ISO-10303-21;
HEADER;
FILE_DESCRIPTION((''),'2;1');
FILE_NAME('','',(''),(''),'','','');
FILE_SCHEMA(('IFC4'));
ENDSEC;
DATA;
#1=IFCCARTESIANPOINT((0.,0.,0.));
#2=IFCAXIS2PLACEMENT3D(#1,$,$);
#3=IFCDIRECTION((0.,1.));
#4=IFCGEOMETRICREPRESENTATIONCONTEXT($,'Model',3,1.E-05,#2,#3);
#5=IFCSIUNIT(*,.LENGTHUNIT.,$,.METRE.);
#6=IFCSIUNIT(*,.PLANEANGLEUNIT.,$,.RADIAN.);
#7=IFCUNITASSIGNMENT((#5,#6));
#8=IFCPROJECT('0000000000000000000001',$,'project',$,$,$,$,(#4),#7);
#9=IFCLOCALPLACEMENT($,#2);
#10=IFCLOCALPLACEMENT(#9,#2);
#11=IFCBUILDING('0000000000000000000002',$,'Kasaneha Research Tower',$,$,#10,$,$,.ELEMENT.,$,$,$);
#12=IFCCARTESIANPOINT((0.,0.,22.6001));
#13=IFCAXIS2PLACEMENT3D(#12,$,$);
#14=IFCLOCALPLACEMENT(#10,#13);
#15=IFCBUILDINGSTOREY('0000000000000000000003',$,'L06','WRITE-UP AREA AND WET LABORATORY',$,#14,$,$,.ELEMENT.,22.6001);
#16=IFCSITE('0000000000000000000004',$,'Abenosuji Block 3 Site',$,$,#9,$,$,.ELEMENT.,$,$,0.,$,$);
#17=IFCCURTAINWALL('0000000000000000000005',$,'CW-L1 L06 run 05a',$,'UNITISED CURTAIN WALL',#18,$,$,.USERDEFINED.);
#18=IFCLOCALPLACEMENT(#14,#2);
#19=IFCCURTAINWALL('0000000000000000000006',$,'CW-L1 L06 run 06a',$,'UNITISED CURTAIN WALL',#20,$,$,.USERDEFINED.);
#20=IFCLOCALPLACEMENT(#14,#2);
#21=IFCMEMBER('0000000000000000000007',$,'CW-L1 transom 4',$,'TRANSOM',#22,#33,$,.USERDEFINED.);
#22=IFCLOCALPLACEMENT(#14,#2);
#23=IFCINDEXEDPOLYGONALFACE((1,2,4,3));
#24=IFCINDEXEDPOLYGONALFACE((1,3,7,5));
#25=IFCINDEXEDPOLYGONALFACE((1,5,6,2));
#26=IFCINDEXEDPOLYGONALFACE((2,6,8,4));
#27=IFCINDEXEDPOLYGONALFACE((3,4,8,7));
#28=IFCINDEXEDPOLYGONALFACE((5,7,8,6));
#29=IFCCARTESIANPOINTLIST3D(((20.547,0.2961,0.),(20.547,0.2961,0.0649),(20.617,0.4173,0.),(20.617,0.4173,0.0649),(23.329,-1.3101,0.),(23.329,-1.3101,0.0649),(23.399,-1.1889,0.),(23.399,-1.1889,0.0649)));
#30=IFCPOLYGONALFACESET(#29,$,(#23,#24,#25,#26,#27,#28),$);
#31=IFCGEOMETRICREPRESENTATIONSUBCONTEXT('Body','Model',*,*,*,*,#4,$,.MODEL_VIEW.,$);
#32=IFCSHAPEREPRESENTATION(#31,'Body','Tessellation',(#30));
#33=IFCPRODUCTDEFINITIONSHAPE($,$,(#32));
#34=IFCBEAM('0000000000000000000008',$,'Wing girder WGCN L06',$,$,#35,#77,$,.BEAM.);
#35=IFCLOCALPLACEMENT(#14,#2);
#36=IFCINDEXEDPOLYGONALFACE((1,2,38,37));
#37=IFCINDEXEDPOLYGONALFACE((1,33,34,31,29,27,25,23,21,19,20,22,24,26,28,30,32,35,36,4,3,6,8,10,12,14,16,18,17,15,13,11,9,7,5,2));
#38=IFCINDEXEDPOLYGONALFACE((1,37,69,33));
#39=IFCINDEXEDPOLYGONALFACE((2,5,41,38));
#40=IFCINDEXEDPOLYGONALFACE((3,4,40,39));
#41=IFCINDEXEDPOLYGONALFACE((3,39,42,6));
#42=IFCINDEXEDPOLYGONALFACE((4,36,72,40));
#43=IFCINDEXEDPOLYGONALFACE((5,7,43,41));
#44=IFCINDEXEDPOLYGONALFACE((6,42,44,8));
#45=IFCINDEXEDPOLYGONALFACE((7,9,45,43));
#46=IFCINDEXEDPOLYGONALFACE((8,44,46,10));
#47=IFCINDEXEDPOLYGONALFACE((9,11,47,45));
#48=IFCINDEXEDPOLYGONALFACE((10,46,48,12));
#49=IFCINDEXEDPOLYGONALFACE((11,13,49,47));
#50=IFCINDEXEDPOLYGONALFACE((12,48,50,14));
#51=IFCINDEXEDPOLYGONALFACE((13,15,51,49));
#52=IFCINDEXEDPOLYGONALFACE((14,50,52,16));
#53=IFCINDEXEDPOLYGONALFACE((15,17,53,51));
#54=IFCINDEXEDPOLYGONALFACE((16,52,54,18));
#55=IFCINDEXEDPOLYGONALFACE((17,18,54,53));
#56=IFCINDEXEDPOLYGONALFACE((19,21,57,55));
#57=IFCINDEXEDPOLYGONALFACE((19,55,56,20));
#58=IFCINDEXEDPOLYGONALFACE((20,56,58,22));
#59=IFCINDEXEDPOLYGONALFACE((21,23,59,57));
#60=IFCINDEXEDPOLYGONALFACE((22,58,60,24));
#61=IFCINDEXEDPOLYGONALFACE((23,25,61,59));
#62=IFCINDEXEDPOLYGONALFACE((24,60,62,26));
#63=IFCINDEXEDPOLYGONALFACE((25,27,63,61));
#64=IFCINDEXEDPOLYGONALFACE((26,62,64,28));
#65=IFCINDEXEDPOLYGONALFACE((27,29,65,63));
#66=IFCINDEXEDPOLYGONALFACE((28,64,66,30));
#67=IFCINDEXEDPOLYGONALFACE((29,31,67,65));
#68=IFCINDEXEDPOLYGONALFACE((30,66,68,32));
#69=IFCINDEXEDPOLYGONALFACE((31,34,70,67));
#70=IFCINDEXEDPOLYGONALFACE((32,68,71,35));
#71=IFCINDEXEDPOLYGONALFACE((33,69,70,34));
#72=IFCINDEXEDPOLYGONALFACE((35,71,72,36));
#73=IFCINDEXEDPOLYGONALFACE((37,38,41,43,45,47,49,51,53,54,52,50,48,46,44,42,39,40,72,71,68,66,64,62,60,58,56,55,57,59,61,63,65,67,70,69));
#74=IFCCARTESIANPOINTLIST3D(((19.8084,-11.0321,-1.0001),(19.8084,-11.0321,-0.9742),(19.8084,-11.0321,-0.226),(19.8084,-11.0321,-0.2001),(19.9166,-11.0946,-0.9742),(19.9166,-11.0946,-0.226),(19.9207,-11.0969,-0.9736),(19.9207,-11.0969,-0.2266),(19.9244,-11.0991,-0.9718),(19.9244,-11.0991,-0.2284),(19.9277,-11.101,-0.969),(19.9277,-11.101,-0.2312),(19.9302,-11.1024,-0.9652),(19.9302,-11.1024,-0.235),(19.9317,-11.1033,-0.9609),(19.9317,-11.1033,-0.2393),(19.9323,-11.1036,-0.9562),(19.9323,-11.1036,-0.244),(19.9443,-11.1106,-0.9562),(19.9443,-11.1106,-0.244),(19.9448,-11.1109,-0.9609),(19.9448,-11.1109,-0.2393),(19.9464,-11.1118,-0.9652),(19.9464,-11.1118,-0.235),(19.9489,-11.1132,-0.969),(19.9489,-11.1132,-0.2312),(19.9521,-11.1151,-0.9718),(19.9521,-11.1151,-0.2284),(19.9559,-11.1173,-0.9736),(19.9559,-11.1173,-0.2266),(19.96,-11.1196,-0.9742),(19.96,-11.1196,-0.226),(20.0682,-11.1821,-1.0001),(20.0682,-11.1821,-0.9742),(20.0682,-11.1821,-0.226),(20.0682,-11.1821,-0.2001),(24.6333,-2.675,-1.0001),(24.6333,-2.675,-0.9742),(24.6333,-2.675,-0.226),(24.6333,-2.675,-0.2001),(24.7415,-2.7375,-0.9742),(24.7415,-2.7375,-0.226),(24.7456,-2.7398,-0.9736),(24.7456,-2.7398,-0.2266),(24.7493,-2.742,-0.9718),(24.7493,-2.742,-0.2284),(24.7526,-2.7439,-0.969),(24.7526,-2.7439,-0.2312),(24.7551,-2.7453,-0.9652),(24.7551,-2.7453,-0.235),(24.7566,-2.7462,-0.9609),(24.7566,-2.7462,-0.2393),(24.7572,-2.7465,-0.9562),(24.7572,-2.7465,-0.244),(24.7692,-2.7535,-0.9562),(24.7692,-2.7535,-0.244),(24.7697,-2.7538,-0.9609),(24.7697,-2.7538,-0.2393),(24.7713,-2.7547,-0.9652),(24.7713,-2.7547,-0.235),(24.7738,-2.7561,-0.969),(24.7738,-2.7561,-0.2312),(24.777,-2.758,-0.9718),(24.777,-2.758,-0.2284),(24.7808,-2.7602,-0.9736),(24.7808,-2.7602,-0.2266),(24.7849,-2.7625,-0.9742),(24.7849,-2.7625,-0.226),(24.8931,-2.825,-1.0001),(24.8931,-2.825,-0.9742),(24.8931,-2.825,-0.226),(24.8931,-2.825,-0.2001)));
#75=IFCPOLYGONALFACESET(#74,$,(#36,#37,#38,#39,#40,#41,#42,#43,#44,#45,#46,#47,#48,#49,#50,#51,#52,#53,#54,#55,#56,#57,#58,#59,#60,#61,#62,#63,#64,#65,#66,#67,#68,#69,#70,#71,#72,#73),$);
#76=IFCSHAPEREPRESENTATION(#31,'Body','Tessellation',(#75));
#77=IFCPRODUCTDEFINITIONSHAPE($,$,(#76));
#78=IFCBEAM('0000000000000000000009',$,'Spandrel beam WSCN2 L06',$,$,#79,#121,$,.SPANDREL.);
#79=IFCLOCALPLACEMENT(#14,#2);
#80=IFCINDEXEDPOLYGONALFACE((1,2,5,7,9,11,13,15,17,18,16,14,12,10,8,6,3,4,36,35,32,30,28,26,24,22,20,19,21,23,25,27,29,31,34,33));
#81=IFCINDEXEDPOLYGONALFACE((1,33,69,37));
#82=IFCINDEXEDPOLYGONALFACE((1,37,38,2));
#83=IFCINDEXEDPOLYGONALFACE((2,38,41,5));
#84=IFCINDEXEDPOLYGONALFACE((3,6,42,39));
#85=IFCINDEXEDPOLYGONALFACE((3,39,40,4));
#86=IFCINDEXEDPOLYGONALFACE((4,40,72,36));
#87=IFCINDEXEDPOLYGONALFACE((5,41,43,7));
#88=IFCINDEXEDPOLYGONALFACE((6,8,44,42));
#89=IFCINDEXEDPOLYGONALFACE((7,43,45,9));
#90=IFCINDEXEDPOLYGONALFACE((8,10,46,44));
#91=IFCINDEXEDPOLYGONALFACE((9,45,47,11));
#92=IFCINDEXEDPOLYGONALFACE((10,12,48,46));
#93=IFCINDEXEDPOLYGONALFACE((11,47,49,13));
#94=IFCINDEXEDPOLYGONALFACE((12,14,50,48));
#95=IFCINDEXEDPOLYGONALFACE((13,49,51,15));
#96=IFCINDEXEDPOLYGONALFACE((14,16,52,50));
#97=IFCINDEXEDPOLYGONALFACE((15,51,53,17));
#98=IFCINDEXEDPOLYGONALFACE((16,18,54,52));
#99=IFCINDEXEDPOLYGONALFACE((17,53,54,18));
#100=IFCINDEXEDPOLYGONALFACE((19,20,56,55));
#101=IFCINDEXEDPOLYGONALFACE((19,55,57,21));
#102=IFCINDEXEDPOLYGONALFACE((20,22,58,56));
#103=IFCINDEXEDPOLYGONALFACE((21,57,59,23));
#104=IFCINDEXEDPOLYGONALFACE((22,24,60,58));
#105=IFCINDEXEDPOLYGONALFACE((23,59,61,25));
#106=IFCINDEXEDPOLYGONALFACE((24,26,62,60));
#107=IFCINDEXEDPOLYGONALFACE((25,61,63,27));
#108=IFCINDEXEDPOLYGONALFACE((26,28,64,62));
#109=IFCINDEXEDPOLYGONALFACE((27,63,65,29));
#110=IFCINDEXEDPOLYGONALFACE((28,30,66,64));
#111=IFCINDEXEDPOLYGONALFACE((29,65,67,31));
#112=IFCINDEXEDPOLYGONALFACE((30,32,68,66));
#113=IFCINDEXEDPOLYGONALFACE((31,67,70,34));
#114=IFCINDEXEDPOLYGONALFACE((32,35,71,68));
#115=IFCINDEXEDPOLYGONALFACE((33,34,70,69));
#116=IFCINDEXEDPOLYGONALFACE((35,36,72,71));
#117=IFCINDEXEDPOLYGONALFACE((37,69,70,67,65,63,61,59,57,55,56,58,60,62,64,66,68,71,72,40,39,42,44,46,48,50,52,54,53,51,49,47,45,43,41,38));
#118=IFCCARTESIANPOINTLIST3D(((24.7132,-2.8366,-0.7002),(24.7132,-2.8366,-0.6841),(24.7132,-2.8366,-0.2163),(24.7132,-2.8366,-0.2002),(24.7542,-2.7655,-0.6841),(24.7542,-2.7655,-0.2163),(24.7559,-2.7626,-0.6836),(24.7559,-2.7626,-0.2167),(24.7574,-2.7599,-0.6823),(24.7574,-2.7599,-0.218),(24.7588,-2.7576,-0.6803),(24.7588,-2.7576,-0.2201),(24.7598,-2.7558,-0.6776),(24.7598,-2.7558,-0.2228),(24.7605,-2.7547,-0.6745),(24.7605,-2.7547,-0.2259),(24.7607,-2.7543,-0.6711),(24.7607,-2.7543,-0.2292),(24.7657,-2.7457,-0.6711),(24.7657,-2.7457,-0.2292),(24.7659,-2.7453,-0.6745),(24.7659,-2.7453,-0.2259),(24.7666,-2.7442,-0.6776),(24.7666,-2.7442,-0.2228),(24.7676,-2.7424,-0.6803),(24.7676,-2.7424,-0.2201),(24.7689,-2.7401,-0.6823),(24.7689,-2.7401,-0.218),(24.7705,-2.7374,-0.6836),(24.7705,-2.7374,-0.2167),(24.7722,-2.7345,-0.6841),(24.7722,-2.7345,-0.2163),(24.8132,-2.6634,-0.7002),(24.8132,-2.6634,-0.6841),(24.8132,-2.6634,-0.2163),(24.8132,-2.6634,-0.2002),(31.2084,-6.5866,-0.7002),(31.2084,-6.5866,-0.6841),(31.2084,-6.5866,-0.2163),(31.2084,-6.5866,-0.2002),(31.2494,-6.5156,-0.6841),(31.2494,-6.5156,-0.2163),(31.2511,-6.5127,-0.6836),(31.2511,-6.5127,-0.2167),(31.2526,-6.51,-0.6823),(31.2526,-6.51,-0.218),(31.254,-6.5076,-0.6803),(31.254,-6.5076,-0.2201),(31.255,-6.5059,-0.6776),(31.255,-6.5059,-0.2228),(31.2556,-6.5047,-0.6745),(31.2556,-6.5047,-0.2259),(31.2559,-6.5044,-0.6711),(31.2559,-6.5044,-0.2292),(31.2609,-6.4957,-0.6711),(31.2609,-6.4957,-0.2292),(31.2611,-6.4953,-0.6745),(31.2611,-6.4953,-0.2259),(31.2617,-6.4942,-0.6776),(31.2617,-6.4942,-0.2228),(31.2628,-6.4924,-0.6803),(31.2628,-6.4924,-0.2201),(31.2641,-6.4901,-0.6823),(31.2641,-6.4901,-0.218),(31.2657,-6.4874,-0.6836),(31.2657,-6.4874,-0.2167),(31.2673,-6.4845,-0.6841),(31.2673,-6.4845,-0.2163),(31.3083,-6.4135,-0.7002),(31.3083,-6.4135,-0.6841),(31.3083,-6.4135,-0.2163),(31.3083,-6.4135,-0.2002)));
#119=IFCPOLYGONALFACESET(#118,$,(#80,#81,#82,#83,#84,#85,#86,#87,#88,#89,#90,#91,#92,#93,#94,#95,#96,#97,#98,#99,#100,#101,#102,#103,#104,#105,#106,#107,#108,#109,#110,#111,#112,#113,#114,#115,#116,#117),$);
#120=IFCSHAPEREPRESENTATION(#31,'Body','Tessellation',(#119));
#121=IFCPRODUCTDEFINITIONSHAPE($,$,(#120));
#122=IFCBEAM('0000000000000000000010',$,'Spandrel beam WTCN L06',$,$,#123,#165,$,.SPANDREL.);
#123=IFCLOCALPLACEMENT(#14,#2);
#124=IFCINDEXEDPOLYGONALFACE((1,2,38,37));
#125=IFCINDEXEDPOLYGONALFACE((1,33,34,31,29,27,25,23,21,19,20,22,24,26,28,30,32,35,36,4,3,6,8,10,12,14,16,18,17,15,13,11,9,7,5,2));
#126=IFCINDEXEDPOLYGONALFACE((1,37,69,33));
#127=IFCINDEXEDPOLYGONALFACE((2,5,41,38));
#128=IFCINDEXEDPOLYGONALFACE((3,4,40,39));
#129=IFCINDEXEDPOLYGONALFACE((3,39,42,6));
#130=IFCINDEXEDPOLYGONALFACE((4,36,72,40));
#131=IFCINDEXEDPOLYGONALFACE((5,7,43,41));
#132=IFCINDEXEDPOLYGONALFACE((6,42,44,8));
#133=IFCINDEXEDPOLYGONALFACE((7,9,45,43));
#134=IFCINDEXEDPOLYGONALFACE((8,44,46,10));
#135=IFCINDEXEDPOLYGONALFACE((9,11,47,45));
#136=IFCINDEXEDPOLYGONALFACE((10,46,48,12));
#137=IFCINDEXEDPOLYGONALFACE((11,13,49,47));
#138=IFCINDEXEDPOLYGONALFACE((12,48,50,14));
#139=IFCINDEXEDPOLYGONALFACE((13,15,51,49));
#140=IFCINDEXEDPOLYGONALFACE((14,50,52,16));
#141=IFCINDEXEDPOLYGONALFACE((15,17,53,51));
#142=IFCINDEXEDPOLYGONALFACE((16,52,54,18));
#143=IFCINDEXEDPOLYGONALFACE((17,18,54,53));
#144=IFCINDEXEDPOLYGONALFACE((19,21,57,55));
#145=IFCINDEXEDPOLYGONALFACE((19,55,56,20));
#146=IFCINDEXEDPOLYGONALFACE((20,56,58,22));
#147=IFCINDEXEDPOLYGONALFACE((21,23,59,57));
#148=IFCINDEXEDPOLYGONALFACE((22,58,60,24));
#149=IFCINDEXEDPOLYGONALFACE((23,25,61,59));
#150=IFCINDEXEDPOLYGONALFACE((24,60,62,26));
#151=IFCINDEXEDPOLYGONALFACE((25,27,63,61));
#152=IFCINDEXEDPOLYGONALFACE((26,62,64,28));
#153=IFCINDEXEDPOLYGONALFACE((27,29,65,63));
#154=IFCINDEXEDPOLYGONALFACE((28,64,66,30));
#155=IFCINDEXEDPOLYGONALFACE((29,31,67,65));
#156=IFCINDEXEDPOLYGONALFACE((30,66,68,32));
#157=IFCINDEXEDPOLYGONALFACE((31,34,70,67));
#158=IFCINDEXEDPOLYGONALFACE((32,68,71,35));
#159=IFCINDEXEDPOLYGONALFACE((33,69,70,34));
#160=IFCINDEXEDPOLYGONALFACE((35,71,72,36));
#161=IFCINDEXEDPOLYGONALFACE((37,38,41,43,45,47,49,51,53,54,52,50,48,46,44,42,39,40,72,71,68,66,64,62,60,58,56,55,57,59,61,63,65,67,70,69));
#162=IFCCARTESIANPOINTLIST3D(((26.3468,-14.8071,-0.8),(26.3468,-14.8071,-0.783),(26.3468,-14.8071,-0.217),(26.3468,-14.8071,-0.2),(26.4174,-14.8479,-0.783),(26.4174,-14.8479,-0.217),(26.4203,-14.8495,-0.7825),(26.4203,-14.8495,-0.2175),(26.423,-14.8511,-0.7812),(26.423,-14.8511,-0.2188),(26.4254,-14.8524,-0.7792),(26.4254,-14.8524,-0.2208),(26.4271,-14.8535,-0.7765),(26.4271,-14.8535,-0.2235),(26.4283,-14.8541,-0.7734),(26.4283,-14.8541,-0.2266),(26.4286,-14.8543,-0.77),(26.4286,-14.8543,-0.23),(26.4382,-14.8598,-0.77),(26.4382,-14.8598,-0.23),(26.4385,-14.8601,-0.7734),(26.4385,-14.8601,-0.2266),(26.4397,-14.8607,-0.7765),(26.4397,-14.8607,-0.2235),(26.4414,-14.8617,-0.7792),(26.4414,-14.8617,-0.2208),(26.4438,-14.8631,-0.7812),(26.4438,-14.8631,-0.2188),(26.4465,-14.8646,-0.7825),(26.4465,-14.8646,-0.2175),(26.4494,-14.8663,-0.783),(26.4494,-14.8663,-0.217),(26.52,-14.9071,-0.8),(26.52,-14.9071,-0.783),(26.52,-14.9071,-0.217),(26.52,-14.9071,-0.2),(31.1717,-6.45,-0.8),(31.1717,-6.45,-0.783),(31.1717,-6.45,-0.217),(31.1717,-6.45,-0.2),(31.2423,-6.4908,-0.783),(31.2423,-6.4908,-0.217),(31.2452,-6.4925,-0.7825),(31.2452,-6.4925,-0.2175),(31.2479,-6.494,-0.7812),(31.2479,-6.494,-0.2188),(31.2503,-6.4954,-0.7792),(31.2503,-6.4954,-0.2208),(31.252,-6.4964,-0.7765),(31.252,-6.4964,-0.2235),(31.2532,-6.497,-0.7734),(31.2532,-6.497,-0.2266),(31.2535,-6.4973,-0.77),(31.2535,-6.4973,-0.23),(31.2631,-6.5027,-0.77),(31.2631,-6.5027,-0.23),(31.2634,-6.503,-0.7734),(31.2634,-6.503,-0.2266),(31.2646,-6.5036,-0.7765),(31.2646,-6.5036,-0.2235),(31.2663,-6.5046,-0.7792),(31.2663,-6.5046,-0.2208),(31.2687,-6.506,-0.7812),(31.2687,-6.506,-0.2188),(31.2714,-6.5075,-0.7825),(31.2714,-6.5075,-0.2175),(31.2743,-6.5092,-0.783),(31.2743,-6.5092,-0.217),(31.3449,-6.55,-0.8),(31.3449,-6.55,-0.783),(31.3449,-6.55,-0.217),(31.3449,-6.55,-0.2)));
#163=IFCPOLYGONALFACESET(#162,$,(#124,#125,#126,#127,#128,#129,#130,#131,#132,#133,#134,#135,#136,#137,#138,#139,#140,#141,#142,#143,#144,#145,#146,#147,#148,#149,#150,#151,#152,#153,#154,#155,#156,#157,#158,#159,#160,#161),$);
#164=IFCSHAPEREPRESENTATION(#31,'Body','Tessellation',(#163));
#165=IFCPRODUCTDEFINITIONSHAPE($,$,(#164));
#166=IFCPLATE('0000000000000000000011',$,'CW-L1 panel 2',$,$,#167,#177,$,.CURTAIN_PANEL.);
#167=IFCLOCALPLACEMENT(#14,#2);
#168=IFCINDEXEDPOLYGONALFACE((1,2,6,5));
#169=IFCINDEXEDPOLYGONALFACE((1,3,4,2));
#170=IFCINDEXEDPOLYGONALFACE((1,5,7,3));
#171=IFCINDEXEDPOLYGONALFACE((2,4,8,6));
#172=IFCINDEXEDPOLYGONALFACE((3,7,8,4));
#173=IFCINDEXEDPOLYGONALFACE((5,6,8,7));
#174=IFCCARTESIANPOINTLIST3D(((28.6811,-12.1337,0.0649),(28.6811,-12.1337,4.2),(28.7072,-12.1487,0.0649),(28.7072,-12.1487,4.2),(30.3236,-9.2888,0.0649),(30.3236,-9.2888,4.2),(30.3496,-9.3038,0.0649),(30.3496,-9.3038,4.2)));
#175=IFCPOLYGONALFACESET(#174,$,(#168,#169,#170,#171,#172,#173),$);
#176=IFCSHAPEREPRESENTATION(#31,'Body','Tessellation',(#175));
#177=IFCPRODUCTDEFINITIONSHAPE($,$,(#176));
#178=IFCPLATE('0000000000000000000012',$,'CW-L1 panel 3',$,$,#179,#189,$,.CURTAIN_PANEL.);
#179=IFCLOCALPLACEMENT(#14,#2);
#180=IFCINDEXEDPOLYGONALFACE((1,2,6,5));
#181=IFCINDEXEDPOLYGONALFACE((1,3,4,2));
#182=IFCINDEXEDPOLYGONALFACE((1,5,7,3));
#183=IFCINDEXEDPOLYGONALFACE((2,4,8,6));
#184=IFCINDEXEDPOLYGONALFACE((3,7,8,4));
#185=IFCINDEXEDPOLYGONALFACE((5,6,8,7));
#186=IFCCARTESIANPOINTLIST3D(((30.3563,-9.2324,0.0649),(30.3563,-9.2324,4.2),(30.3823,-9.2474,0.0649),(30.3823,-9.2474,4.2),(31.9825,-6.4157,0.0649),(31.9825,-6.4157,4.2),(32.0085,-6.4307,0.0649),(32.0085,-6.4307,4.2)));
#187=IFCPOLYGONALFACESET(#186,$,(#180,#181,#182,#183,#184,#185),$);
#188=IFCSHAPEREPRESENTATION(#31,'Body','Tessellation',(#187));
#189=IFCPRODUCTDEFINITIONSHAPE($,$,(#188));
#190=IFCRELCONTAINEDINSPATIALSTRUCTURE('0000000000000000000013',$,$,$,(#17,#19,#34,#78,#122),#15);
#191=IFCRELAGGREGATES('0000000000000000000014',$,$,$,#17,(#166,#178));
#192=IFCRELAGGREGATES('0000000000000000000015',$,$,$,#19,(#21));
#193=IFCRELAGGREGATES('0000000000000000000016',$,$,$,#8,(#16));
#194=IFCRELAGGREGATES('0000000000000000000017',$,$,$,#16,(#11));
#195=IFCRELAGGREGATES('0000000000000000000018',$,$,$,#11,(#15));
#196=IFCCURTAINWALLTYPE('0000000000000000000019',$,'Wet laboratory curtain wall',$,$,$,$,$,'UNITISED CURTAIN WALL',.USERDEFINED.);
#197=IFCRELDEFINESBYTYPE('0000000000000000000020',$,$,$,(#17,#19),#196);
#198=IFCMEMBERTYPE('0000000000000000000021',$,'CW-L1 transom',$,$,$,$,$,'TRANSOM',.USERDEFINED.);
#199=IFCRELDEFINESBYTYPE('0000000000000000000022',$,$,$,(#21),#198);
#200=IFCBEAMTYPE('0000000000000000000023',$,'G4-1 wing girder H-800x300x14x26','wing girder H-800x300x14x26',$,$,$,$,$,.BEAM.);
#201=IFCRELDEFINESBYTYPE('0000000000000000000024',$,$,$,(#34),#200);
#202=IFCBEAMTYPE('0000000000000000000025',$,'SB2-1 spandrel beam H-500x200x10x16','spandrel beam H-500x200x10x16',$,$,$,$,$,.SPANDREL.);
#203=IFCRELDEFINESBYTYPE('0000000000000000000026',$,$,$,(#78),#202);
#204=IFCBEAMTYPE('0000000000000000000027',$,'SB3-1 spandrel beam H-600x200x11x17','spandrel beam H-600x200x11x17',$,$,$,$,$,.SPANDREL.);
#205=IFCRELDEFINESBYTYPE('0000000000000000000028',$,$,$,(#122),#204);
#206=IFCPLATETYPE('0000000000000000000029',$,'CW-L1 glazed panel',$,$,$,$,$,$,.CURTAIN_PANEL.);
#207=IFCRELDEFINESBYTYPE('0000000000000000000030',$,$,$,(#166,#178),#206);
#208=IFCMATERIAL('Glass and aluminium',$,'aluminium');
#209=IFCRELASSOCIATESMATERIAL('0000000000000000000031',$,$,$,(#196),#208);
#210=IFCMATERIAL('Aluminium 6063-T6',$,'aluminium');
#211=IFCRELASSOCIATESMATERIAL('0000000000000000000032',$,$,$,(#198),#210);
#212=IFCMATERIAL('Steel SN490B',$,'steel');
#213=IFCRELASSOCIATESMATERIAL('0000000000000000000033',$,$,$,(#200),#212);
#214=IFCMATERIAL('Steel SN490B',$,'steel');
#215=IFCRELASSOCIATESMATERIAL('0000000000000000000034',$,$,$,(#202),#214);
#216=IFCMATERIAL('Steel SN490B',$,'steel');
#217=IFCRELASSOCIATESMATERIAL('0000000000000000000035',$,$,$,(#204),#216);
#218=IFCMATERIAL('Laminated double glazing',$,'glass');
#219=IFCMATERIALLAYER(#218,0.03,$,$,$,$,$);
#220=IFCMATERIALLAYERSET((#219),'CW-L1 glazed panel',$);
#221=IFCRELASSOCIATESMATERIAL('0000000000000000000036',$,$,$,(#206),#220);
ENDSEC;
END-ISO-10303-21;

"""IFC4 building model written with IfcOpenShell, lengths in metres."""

from ifc_helpers import new_model, si_unit, direction, frame, origin, origin_2d, place, context, subcontext, project, spatial, rectangle, i_section, extrude, material, layer, layer_set, material_profile, profile_set, type_object, element, aggregate, save


model = new_model("IFC4")

# Units and contexts
model_context = context("Model", 3, precision=1e-05, world=origin(), true_north=direction((0.0, 1.0)))
body_context = subcontext(model_context, "Body", "Model", "MODEL_VIEW")
ifc_project = project(units=[si_unit("LENGTHUNIT", "METRE"), si_unit("PLANEANGLEUNIT", "RADIAN")], contexts=[model_context])

# Site, building, storey
site_placement = place(None, origin())
site = spatial("IfcSite", under=ifc_project, at=site_placement, Name="Abenosuji Block 3 Site", CompositionType="ELEMENT", RefElevation=0.0)
building_placement = place(site_placement, origin())
building = spatial("IfcBuilding", under=site, at=building_placement, Name="Kasaneha Research Tower", CompositionType="ELEMENT")
storey_placement = place(building_placement, frame((0.0, 0.0, 22.6001)))
storey = spatial("IfcBuildingStorey", under=building, at=storey_placement, Name="L06", Description="WRITE-UP AREA AND WET LABORATORY", CompositionType="ELEMENT", Elevation=22.6001)

# Curtain walls
ifc_material_1 = material(Name="Glass and aluminium", Category="aluminium")
curtain_wall_type = type_object("IfcCurtainWallType", Name="Wet laboratory curtain wall", ElementType="UNITISED CURTAIN WALL", PredefinedType="USERDEFINED", material=ifc_material_1)
curtain_wall_1_placement = place(storey_placement, origin())
curtain_wall_1 = element("IfcCurtainWall", 1, at=curtain_wall_1_placement, inside=storey, type_object=curtain_wall_type, Name="CW-L1 L06 run 05a", ObjectType="UNITISED CURTAIN WALL", PredefinedType="USERDEFINED")
curtain_wall_2_placement = place(storey_placement, origin())
curtain_wall_2 = element("IfcCurtainWall", 2, at=curtain_wall_2_placement, inside=storey, type_object=curtain_wall_type, Name="CW-L1 L06 run 06a", ObjectType="UNITISED CURTAIN WALL", PredefinedType="USERDEFINED")

# Member
ifc_material_2 = material(Name="Aluminium 6063-T6", Category="aluminium")
ifc_material_profile_1 = material_profile(ifc_material_2, rectangle(XDim=0.1399, YDim=0.0649, at=origin_2d()), Name="CW-L1 transom 140x65")
ifc_profile_set_1 = profile_set([ifc_material_profile_1], Name="Aluminium 6063-T6")
member_type_1 = type_object("IfcMemberType", Name="CW-L1 transom", ElementType="TRANSOM", PredefinedType="USERDEFINED", material=ifc_profile_set_1)
member_1_placement = place(storey_placement, frame((23.364, -1.2495, 0.0325), z_axis=(-0.866022, 0.500005, 0.0), x_axis=(-0.500005, -0.866022, 0.0)))
member_1 = element("IfcMember", 3, at=member_1_placement, type_object=member_type_1, Name="CW-L1 transom 4", ObjectType="TRANSOM", PredefinedType="USERDEFINED", context=body_context, shape_type="SweptSolid", body=[
    extrude(rectangle(XDim=0.1399, YDim=0.0649, at=origin_2d()), origin(), (0.0, 0.0, 1.0), 3.2124),
])

# Beams
ifc_material_3 = material(Name="Steel SN490B", Category="steel")
ifc_material_profile_2 = material_profile(ifc_material_3, i_section(OverallWidth=0.3, OverallDepth=0.8, WebThickness=0.0139, FlangeThickness=0.0259, FilletRadius=0.0181, at=origin_2d()), Name="H-800x300x14x26")
ifc_profile_set_2 = profile_set([ifc_material_profile_2], Name="Steel SN490B")
beam_type_1 = type_object("IfcBeamType", Name="G4-1 wing girder H-800x300x14x26", Description="wing girder H-800x300x14x26", PredefinedType="BEAM", material=ifc_profile_set_2)
beam_1_placement = place(storey_placement, frame((24.7632, -2.75, -0.6001), z_axis=(-0.499995, -0.866028, 0.0), x_axis=(0.866028, -0.499995, 0.0)))
element("IfcBeam", 4, at=beam_1_placement, inside=storey, type_object=beam_type_1, Name="Wing girder WGCN L06", PredefinedType="BEAM", context=body_context, shape_type="SweptSolid", body=[
    extrude(i_section(OverallWidth=0.3, OverallDepth=0.8, WebThickness=0.0139, FlangeThickness=0.0259, FilletRadius=0.0181, at=origin_2d()), origin(), (0.0, 0.0, 1.0), 9.6499),
])
ifc_material_4 = material(Name="Steel SN490B", Category="steel")
ifc_material_profile_3 = material_profile(ifc_material_4, i_section(OverallWidth=0.2, OverallDepth=0.5, WebThickness=0.01, FlangeThickness=0.0161, FilletRadius=0.0129, at=origin_2d()), Name="H-500x200x10x16")
ifc_profile_set_3 = profile_set([ifc_material_profile_3], Name="Steel SN490B")
beam_type_2 = type_object("IfcBeamType", Name="SB2-1 spandrel beam H-500x200x10x16", Description="spandrel beam H-500x200x10x16", PredefinedType="SPANDREL", material=ifc_profile_set_3)
beam_2_placement = place(storey_placement, frame((24.7632, -2.75, -0.4502), z_axis=(0.866023, -0.500004, 0.0), x_axis=(0.500004, 0.866023, 0.0)))
element("IfcBeam", 5, at=beam_2_placement, inside=storey, type_object=beam_type_2, Name="Spandrel beam WSCN2 L06", PredefinedType="SPANDREL", context=body_context, shape_type="SweptSolid", body=[
    extrude(i_section(OverallWidth=0.2, OverallDepth=0.5, WebThickness=0.01, FlangeThickness=0.0161, FilletRadius=0.0129, at=origin_2d()), origin(), (0.0, 0.0, 1.0), 7.5),
])
ifc_material_5 = material(Name="Steel SN490B", Category="steel")
ifc_material_profile_4 = material_profile(ifc_material_5, i_section(OverallWidth=0.2, OverallDepth=0.6001, WebThickness=0.011, FlangeThickness=0.0171, FilletRadius=0.0129, at=origin_2d()), Name="H-600x200x11x17")
ifc_profile_set_4 = profile_set([ifc_material_profile_4], Name="Steel SN490B")
beam_type_3 = type_object("IfcBeamType", Name="SB3-1 spandrel beam H-600x200x11x17", Description="spandrel beam H-600x200x11x17", PredefinedType="SPANDREL", material=ifc_profile_set_4)
beam_3_placement = place(storey_placement, frame((31.2583, -6.5, -0.5), z_axis=(-0.499995, -0.866028, 0.0), x_axis=(0.866028, -0.499995, 0.0)))
element("IfcBeam", 6, at=beam_3_placement, inside=storey, type_object=beam_type_3, Name="Spandrel beam WTCN L06", PredefinedType="SPANDREL", context=body_context, shape_type="SweptSolid", body=[
    extrude(i_section(OverallWidth=0.2, OverallDepth=0.6001, WebThickness=0.011, FlangeThickness=0.0171, FilletRadius=0.0129, at=origin_2d()), origin(), (0.0, 0.0, 1.0), 9.6499),
])

# Plates
ifc_material_6 = material(Name="Laminated double glazing", Category="glass")
ifc_layer_1 = layer(ifc_material_6, 0.03)
ifc_layer_set_1 = layer_set([ifc_layer_1], Name="CW-L1 glazed panel")
plate_type = type_object("IfcPlateType", Name="CW-L1 glazed panel", PredefinedType="CURTAIN_PANEL", material=ifc_layer_set_1)
plate_1_placement = place(storey_placement, frame((29.5154, -10.7188, 0.0649), z_axis=(0.0, 0.0, 1.0), x_axis=(0.5, 0.866025, 0.0)))
plate_1 = element("IfcPlate", 7, at=plate_1_placement, type_object=plate_type, Name="CW-L1 panel 2", PredefinedType="CURTAIN_PANEL", context=body_context, shape_type="SweptSolid", body=[
    extrude(rectangle(XDim=3.2849, YDim=0.03, at=origin_2d()), origin(), (0.0, 0.0, 1.0), 4.135),
])
plate_2_placement = place(storey_placement, frame((31.1824, -7.8315, 0.0649), z_axis=(0.0, 0.0, 1.0), x_axis=(0.5, 0.866025, 0.0)))
plate_2 = element("IfcPlate", 8, at=plate_2_placement, type_object=plate_type, Name="CW-L1 panel 3", PredefinedType="CURTAIN_PANEL", context=body_context, shape_type="SweptSolid", body=[
    extrude(rectangle(XDim=3.2524, YDim=0.03, at=origin_2d()), origin(), (0.0, 0.0, 1.0), 4.135),
])
aggregate(curtain_wall_1, [plate_1, plate_2])
aggregate(curtain_wall_2, [member_1])

save(model, "model.ifc")
